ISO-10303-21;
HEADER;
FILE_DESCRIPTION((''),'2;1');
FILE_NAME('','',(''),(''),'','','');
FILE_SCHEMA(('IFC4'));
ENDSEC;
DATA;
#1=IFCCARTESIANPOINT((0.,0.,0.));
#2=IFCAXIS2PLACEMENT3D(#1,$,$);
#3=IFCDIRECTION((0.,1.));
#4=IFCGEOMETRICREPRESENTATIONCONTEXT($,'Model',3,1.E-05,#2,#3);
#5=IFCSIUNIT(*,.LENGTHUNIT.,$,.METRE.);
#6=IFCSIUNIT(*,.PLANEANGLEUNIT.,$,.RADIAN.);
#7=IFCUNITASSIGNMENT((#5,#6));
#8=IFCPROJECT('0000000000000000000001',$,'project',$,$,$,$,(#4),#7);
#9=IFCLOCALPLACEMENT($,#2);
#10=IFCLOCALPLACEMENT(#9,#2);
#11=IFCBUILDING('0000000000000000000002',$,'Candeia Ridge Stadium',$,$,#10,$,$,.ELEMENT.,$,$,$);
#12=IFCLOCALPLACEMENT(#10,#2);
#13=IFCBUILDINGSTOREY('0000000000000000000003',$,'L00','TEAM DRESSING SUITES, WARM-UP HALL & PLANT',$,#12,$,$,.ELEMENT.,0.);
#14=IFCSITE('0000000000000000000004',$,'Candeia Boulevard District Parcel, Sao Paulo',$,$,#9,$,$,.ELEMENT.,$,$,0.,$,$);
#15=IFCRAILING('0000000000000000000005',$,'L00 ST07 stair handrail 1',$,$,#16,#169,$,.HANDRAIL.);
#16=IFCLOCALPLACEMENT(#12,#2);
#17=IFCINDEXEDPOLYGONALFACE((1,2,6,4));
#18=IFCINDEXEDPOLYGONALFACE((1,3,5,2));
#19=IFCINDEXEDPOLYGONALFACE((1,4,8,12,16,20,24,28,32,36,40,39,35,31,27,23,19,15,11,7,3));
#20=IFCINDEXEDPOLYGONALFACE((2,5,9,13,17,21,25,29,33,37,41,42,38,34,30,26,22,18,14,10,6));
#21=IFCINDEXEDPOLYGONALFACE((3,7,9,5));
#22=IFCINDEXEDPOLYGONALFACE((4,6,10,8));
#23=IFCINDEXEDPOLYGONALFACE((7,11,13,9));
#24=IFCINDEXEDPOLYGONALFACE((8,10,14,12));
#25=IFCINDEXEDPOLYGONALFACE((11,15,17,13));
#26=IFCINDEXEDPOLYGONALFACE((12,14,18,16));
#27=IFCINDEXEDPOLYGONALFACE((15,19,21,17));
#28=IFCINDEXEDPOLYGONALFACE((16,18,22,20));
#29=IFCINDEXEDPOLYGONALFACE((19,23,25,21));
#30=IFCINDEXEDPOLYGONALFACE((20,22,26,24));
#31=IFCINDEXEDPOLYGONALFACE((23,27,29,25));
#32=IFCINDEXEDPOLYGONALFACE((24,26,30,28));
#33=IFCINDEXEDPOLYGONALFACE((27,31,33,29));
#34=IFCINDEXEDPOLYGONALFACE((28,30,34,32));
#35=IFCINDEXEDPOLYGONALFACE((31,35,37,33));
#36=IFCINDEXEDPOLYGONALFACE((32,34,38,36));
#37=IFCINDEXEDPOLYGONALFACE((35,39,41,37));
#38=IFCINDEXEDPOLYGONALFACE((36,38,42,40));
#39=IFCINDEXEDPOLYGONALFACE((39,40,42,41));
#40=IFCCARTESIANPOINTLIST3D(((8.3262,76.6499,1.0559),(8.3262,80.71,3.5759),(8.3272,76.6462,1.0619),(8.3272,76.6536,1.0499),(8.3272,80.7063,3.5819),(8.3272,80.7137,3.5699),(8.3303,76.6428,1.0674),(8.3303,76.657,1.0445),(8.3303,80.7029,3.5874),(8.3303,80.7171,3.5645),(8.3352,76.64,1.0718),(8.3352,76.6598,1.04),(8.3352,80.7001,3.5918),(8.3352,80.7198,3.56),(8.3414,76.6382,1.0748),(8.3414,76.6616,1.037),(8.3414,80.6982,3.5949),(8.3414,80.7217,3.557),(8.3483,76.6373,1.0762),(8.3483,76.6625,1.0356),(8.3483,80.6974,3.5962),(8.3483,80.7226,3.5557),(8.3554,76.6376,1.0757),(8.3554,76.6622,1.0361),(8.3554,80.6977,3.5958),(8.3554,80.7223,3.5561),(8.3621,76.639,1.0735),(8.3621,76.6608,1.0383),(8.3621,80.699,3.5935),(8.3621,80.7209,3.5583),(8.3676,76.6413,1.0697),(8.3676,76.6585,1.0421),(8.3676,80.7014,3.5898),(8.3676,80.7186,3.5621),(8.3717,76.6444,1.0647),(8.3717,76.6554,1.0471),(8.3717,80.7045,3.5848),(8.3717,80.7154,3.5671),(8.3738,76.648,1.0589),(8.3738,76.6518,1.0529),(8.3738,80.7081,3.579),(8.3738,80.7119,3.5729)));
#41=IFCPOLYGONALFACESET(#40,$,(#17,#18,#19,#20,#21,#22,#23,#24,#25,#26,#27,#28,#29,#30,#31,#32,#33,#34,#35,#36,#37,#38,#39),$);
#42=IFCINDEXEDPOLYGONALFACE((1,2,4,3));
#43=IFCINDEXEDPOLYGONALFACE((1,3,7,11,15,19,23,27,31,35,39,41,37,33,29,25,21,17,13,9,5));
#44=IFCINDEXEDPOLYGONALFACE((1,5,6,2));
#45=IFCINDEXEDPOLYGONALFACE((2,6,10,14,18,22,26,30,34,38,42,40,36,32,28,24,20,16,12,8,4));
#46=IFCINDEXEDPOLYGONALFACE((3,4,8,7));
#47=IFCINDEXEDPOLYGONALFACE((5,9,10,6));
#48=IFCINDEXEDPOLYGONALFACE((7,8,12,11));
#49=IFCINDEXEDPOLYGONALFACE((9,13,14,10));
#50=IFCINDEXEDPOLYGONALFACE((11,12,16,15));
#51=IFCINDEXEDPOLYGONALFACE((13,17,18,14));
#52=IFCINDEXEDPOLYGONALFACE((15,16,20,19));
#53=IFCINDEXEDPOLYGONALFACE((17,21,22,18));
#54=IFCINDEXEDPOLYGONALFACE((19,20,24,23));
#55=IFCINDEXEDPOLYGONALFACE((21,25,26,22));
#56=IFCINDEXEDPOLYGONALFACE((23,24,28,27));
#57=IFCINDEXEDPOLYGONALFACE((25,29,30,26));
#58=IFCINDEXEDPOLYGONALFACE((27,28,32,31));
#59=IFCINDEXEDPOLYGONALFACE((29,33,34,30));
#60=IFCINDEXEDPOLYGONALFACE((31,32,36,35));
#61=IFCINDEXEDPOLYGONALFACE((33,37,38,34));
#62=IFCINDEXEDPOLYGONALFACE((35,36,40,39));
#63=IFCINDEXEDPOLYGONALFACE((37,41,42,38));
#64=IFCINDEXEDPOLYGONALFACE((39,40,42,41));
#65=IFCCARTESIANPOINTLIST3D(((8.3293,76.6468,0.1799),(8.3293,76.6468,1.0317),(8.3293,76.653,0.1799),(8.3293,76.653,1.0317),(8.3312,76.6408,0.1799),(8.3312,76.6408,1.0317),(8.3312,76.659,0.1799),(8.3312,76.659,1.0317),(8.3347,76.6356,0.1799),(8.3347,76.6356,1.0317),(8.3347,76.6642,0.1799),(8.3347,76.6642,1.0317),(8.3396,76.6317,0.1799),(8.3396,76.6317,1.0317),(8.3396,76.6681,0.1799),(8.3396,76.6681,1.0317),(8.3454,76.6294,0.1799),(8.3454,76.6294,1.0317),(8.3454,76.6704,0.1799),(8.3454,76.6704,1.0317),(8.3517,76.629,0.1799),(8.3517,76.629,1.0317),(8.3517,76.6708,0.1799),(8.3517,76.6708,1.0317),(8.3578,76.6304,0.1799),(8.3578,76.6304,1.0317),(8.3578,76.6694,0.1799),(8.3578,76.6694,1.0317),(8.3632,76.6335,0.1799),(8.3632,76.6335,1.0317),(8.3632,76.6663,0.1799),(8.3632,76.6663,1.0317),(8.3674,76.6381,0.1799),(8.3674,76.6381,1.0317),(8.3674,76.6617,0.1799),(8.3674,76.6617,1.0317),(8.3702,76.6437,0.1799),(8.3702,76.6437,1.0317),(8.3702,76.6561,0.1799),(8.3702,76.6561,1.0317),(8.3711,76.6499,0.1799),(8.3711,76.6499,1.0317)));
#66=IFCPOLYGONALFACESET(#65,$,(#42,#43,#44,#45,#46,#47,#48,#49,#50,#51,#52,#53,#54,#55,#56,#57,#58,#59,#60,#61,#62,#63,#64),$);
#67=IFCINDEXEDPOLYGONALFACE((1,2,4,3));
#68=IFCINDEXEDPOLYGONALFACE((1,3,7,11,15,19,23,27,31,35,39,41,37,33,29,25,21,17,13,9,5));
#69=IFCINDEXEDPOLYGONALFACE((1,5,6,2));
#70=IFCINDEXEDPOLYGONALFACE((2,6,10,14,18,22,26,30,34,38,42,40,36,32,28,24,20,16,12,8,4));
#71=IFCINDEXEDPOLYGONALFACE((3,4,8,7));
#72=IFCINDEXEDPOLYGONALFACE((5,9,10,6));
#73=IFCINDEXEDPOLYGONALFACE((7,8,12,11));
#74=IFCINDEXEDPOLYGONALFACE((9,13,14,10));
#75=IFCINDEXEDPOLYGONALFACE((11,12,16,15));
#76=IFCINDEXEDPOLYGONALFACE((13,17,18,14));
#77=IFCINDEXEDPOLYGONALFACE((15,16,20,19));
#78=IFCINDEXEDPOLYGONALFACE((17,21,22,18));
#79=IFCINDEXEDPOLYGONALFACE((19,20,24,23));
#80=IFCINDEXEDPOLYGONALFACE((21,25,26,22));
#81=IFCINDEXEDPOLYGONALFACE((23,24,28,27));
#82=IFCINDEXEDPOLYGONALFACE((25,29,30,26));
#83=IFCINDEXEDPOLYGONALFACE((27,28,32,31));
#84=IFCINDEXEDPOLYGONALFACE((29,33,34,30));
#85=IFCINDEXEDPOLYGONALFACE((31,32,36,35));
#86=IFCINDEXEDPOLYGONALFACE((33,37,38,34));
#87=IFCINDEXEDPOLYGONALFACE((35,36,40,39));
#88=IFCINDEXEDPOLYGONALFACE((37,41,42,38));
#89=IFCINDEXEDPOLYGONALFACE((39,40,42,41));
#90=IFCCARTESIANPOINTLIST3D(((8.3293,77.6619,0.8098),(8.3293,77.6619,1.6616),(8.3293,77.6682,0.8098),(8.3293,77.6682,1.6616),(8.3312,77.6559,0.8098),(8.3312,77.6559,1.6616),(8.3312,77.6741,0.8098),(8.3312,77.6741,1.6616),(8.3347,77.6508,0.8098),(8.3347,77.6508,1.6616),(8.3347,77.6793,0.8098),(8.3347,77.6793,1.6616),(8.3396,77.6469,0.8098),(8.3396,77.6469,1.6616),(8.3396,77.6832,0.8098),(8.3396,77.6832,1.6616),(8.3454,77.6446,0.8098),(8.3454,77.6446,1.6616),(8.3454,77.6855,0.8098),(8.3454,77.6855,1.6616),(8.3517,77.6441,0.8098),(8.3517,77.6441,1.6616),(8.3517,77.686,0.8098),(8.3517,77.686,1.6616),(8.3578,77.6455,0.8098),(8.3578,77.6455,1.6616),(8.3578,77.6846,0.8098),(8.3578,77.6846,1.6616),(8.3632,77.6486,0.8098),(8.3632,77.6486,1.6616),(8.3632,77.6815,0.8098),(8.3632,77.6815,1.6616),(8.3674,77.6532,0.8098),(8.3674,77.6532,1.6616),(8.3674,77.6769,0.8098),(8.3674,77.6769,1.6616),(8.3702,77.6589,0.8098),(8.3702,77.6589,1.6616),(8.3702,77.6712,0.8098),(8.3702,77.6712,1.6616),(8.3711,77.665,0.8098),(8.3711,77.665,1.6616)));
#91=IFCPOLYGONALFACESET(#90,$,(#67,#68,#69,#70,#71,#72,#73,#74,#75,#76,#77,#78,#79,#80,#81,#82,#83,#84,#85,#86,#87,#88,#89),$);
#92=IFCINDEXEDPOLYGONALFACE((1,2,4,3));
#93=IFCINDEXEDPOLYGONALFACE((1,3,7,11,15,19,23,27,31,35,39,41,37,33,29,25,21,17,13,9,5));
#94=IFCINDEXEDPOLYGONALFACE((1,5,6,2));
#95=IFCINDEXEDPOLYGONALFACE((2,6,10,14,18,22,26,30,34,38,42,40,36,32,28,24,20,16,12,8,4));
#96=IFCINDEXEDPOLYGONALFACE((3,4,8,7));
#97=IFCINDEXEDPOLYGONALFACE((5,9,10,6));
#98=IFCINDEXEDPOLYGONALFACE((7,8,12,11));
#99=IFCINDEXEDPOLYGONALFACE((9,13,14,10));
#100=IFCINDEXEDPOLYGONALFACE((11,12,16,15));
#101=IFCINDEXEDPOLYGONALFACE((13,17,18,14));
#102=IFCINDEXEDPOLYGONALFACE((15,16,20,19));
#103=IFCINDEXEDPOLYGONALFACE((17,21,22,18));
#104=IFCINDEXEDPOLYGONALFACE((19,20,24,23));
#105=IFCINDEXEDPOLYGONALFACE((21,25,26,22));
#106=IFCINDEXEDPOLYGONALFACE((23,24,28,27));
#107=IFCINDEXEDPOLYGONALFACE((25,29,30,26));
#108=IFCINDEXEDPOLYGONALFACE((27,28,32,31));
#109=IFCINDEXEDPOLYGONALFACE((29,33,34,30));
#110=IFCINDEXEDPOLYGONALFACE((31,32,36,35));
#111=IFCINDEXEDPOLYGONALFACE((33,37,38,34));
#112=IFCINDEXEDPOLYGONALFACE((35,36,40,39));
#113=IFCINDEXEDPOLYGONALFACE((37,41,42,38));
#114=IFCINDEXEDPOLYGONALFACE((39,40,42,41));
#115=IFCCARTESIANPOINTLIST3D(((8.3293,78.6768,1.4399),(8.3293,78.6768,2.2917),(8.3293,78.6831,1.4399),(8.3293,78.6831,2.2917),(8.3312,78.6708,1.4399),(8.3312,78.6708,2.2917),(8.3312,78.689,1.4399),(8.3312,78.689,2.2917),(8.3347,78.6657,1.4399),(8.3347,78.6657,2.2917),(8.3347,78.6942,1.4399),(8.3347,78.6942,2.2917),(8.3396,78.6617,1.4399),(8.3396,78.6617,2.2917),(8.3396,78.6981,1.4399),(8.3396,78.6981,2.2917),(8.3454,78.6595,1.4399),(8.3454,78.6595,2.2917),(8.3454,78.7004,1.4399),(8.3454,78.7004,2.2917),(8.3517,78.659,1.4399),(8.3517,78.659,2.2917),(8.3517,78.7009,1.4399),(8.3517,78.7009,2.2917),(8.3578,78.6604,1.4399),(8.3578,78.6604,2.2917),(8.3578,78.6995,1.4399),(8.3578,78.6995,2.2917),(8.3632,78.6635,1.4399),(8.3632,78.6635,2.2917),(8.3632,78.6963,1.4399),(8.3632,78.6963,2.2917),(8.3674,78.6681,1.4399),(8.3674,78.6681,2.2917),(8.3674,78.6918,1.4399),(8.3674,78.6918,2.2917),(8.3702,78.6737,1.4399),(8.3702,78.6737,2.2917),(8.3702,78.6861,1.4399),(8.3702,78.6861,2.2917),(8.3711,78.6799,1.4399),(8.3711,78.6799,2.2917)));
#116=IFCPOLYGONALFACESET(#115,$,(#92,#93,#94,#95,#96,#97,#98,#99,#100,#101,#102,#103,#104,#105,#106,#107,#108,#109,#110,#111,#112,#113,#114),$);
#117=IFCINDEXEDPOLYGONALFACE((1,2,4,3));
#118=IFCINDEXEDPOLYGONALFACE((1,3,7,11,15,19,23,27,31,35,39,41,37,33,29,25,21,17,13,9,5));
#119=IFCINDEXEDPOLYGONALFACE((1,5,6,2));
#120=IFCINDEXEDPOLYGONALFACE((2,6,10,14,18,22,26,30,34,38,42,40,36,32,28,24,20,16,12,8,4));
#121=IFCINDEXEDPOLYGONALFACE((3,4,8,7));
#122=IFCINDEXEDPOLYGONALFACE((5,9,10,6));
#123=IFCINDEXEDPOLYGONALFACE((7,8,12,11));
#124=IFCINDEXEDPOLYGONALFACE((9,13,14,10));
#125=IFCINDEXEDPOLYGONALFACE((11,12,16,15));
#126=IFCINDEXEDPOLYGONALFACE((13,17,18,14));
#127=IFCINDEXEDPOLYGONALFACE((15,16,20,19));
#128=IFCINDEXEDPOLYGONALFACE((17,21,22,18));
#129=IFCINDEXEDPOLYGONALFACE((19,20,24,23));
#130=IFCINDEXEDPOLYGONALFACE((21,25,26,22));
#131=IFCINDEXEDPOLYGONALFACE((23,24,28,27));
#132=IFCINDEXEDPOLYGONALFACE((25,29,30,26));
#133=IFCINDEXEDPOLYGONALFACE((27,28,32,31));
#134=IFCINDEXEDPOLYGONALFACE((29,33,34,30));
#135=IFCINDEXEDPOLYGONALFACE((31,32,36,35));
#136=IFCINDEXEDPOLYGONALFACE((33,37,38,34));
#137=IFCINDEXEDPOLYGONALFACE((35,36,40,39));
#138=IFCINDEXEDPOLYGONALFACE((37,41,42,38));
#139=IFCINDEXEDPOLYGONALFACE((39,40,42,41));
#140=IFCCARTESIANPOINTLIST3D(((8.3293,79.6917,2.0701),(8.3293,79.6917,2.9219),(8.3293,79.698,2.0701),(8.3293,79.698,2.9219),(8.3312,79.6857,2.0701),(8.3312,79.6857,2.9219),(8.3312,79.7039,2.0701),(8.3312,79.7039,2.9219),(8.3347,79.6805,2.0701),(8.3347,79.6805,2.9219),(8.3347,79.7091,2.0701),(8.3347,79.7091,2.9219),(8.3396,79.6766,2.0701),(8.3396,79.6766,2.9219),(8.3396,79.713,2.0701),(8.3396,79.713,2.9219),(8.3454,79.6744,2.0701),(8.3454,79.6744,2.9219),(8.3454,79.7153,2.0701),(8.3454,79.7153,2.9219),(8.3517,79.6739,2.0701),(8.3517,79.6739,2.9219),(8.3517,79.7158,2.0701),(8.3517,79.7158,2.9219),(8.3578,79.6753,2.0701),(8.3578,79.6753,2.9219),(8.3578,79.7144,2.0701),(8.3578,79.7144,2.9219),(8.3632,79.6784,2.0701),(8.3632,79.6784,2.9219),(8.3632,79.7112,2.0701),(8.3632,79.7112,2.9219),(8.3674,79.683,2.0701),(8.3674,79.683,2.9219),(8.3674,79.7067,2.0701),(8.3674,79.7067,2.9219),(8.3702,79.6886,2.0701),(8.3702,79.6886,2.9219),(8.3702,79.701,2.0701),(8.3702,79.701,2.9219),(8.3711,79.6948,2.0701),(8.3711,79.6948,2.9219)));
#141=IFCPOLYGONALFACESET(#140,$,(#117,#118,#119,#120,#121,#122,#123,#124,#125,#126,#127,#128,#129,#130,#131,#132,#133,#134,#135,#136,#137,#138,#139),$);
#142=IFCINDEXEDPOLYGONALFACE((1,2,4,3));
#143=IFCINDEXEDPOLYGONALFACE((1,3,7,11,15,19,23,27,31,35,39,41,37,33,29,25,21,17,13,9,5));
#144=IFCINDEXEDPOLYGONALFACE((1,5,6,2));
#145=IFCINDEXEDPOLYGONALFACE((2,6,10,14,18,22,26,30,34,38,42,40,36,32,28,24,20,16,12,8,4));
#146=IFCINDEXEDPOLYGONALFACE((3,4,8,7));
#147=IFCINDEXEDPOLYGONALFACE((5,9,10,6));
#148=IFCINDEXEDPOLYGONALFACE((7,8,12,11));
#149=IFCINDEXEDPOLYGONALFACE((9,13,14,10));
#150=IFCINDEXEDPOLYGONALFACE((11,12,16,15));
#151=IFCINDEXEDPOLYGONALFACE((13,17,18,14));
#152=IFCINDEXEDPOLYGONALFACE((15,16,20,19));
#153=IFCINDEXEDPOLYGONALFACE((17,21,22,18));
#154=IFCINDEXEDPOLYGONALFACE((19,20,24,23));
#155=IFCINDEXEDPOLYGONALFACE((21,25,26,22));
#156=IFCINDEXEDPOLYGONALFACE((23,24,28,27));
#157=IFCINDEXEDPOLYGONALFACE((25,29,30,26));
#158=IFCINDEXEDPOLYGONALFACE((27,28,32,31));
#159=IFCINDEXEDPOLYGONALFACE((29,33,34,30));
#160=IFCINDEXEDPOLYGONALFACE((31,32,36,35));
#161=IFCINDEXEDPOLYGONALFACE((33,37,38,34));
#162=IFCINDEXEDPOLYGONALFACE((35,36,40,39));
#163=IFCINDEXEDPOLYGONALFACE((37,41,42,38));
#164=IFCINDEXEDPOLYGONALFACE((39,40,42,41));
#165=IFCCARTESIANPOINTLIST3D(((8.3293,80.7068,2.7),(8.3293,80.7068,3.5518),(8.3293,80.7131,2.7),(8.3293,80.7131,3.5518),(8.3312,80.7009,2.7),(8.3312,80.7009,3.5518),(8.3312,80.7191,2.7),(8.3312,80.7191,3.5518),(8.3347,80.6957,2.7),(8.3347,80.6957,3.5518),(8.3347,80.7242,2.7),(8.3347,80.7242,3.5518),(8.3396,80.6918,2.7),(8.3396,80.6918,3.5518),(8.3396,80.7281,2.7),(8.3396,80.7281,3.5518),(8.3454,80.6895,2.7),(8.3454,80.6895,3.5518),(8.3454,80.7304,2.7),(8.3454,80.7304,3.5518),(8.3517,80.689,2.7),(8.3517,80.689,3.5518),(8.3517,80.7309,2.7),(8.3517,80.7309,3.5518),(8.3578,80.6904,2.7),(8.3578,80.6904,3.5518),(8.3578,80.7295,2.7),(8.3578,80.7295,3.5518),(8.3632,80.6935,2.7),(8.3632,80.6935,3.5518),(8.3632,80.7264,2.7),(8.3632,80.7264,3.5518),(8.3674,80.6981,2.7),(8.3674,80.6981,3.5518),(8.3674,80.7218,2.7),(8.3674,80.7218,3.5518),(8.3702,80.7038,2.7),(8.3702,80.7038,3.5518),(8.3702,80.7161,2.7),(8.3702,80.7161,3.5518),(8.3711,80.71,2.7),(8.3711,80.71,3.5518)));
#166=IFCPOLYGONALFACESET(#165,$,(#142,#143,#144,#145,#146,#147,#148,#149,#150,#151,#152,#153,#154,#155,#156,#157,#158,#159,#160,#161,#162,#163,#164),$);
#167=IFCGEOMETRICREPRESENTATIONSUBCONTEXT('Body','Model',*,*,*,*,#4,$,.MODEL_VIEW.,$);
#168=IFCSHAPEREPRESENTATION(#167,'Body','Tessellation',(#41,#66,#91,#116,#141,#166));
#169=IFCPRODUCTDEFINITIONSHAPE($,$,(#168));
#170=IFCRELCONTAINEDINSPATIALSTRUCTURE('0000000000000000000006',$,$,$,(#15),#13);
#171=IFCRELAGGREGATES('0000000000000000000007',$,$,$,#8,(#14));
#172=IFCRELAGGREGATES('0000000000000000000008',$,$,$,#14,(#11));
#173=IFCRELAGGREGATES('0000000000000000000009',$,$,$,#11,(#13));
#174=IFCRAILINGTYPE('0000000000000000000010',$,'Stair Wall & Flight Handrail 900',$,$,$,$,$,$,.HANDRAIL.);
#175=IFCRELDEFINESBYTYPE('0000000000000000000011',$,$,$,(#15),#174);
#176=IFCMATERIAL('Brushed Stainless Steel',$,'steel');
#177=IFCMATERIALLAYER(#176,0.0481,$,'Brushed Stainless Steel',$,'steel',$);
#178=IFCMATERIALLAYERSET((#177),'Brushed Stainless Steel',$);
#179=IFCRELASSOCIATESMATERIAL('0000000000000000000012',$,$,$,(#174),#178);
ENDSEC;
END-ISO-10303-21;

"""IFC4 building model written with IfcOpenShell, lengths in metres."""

from ifc_helpers import new_model, si_unit, direction, frame, origin, origin_2d, place, context, subcontext, project, spatial, circle, extrude, material, layer, layer_set, type_object, element, save


model = new_model("IFC4")

# Units and contexts
model_context = context("Model", 3, precision=1e-05, world=origin(), true_north=direction((0.0, 1.0)))
body_context = subcontext(model_context, "Body", "Model", "MODEL_VIEW")
ifc_project = project(units=[si_unit("LENGTHUNIT", "METRE"), si_unit("PLANEANGLEUNIT", "RADIAN")], contexts=[model_context])

# Site, building, storey
site_placement = place(None, origin())
site = spatial("IfcSite", under=ifc_project, at=site_placement, Name="Candeia Boulevard District Parcel, Sao Paulo", CompositionType="ELEMENT", RefElevation=0.0)
building_placement = place(site_placement, origin())
building = spatial("IfcBuilding", under=site, at=building_placement, Name="Candeia Ridge Stadium", CompositionType="ELEMENT")
storey_placement = place(building_placement, origin())
storey = spatial("IfcBuildingStorey", under=building, at=storey_placement, Name="L00", Description="TEAM DRESSING SUITES, WARM-UP HALL & PLANT", CompositionType="ELEMENT", Elevation=0.0)

# Shared definitions
ifc_material_1 = material(Name="Brushed Stainless Steel", Category="steel")

# Railing
ifc_layer_1 = layer(ifc_material_1, 0.0481, Name="Brushed Stainless Steel", Category="steel")
ifc_layer_set_1 = layer_set([ifc_layer_1], Name="Brushed Stainless Steel")
railing_type_1 = type_object("IfcRailingType", Name="Stair Wall & Flight Handrail 900", PredefinedType="HANDRAIL", material=ifc_layer_set_1)
railing_1_placement = place(storey_placement, frame((8.3501, 76.6499, 0.1799)))
element("IfcRailing", 1, at=railing_1_placement, inside=storey, type_object=railing_type_1, Name="L00 ST07 stair handrail 1", PredefinedType="HANDRAIL", context=body_context, shape_type="SweptSolid", body=[
    extrude(circle(Radius=0.0239, at=origin_2d()), frame((0.0, 0.0, 0.876), z_axis=(0.0, 0.849642, 0.52736), x_axis=(-1.0, 0.0, 0.0)), (0.0, 0.0, 1.0), 4.7786),
    extrude(circle(Radius=0.021, at=origin_2d()), origin(), (0.0, 0.0, 1.0), 0.8518),
    extrude(circle(Radius=0.021, at=origin_2d()), frame((0.0, 1.0151, 0.6299)), (0.0, 0.0, 1.0), 0.8518),
    extrude(circle(Radius=0.021, at=origin_2d()), frame((0.0, 2.03, 1.26)), (0.0, 0.0, 1.0), 0.8518),
    extrude(circle(Radius=0.021, at=origin_2d()), frame((0.0, 3.0449, 1.8901)), (0.0, 0.0, 1.0), 0.8518),
    extrude(circle(Radius=0.021, at=origin_2d()), frame((0.0, 4.0601, 2.52)), (0.0, 0.0, 1.0), 0.8518),
])

save(model, "model.ifc")
